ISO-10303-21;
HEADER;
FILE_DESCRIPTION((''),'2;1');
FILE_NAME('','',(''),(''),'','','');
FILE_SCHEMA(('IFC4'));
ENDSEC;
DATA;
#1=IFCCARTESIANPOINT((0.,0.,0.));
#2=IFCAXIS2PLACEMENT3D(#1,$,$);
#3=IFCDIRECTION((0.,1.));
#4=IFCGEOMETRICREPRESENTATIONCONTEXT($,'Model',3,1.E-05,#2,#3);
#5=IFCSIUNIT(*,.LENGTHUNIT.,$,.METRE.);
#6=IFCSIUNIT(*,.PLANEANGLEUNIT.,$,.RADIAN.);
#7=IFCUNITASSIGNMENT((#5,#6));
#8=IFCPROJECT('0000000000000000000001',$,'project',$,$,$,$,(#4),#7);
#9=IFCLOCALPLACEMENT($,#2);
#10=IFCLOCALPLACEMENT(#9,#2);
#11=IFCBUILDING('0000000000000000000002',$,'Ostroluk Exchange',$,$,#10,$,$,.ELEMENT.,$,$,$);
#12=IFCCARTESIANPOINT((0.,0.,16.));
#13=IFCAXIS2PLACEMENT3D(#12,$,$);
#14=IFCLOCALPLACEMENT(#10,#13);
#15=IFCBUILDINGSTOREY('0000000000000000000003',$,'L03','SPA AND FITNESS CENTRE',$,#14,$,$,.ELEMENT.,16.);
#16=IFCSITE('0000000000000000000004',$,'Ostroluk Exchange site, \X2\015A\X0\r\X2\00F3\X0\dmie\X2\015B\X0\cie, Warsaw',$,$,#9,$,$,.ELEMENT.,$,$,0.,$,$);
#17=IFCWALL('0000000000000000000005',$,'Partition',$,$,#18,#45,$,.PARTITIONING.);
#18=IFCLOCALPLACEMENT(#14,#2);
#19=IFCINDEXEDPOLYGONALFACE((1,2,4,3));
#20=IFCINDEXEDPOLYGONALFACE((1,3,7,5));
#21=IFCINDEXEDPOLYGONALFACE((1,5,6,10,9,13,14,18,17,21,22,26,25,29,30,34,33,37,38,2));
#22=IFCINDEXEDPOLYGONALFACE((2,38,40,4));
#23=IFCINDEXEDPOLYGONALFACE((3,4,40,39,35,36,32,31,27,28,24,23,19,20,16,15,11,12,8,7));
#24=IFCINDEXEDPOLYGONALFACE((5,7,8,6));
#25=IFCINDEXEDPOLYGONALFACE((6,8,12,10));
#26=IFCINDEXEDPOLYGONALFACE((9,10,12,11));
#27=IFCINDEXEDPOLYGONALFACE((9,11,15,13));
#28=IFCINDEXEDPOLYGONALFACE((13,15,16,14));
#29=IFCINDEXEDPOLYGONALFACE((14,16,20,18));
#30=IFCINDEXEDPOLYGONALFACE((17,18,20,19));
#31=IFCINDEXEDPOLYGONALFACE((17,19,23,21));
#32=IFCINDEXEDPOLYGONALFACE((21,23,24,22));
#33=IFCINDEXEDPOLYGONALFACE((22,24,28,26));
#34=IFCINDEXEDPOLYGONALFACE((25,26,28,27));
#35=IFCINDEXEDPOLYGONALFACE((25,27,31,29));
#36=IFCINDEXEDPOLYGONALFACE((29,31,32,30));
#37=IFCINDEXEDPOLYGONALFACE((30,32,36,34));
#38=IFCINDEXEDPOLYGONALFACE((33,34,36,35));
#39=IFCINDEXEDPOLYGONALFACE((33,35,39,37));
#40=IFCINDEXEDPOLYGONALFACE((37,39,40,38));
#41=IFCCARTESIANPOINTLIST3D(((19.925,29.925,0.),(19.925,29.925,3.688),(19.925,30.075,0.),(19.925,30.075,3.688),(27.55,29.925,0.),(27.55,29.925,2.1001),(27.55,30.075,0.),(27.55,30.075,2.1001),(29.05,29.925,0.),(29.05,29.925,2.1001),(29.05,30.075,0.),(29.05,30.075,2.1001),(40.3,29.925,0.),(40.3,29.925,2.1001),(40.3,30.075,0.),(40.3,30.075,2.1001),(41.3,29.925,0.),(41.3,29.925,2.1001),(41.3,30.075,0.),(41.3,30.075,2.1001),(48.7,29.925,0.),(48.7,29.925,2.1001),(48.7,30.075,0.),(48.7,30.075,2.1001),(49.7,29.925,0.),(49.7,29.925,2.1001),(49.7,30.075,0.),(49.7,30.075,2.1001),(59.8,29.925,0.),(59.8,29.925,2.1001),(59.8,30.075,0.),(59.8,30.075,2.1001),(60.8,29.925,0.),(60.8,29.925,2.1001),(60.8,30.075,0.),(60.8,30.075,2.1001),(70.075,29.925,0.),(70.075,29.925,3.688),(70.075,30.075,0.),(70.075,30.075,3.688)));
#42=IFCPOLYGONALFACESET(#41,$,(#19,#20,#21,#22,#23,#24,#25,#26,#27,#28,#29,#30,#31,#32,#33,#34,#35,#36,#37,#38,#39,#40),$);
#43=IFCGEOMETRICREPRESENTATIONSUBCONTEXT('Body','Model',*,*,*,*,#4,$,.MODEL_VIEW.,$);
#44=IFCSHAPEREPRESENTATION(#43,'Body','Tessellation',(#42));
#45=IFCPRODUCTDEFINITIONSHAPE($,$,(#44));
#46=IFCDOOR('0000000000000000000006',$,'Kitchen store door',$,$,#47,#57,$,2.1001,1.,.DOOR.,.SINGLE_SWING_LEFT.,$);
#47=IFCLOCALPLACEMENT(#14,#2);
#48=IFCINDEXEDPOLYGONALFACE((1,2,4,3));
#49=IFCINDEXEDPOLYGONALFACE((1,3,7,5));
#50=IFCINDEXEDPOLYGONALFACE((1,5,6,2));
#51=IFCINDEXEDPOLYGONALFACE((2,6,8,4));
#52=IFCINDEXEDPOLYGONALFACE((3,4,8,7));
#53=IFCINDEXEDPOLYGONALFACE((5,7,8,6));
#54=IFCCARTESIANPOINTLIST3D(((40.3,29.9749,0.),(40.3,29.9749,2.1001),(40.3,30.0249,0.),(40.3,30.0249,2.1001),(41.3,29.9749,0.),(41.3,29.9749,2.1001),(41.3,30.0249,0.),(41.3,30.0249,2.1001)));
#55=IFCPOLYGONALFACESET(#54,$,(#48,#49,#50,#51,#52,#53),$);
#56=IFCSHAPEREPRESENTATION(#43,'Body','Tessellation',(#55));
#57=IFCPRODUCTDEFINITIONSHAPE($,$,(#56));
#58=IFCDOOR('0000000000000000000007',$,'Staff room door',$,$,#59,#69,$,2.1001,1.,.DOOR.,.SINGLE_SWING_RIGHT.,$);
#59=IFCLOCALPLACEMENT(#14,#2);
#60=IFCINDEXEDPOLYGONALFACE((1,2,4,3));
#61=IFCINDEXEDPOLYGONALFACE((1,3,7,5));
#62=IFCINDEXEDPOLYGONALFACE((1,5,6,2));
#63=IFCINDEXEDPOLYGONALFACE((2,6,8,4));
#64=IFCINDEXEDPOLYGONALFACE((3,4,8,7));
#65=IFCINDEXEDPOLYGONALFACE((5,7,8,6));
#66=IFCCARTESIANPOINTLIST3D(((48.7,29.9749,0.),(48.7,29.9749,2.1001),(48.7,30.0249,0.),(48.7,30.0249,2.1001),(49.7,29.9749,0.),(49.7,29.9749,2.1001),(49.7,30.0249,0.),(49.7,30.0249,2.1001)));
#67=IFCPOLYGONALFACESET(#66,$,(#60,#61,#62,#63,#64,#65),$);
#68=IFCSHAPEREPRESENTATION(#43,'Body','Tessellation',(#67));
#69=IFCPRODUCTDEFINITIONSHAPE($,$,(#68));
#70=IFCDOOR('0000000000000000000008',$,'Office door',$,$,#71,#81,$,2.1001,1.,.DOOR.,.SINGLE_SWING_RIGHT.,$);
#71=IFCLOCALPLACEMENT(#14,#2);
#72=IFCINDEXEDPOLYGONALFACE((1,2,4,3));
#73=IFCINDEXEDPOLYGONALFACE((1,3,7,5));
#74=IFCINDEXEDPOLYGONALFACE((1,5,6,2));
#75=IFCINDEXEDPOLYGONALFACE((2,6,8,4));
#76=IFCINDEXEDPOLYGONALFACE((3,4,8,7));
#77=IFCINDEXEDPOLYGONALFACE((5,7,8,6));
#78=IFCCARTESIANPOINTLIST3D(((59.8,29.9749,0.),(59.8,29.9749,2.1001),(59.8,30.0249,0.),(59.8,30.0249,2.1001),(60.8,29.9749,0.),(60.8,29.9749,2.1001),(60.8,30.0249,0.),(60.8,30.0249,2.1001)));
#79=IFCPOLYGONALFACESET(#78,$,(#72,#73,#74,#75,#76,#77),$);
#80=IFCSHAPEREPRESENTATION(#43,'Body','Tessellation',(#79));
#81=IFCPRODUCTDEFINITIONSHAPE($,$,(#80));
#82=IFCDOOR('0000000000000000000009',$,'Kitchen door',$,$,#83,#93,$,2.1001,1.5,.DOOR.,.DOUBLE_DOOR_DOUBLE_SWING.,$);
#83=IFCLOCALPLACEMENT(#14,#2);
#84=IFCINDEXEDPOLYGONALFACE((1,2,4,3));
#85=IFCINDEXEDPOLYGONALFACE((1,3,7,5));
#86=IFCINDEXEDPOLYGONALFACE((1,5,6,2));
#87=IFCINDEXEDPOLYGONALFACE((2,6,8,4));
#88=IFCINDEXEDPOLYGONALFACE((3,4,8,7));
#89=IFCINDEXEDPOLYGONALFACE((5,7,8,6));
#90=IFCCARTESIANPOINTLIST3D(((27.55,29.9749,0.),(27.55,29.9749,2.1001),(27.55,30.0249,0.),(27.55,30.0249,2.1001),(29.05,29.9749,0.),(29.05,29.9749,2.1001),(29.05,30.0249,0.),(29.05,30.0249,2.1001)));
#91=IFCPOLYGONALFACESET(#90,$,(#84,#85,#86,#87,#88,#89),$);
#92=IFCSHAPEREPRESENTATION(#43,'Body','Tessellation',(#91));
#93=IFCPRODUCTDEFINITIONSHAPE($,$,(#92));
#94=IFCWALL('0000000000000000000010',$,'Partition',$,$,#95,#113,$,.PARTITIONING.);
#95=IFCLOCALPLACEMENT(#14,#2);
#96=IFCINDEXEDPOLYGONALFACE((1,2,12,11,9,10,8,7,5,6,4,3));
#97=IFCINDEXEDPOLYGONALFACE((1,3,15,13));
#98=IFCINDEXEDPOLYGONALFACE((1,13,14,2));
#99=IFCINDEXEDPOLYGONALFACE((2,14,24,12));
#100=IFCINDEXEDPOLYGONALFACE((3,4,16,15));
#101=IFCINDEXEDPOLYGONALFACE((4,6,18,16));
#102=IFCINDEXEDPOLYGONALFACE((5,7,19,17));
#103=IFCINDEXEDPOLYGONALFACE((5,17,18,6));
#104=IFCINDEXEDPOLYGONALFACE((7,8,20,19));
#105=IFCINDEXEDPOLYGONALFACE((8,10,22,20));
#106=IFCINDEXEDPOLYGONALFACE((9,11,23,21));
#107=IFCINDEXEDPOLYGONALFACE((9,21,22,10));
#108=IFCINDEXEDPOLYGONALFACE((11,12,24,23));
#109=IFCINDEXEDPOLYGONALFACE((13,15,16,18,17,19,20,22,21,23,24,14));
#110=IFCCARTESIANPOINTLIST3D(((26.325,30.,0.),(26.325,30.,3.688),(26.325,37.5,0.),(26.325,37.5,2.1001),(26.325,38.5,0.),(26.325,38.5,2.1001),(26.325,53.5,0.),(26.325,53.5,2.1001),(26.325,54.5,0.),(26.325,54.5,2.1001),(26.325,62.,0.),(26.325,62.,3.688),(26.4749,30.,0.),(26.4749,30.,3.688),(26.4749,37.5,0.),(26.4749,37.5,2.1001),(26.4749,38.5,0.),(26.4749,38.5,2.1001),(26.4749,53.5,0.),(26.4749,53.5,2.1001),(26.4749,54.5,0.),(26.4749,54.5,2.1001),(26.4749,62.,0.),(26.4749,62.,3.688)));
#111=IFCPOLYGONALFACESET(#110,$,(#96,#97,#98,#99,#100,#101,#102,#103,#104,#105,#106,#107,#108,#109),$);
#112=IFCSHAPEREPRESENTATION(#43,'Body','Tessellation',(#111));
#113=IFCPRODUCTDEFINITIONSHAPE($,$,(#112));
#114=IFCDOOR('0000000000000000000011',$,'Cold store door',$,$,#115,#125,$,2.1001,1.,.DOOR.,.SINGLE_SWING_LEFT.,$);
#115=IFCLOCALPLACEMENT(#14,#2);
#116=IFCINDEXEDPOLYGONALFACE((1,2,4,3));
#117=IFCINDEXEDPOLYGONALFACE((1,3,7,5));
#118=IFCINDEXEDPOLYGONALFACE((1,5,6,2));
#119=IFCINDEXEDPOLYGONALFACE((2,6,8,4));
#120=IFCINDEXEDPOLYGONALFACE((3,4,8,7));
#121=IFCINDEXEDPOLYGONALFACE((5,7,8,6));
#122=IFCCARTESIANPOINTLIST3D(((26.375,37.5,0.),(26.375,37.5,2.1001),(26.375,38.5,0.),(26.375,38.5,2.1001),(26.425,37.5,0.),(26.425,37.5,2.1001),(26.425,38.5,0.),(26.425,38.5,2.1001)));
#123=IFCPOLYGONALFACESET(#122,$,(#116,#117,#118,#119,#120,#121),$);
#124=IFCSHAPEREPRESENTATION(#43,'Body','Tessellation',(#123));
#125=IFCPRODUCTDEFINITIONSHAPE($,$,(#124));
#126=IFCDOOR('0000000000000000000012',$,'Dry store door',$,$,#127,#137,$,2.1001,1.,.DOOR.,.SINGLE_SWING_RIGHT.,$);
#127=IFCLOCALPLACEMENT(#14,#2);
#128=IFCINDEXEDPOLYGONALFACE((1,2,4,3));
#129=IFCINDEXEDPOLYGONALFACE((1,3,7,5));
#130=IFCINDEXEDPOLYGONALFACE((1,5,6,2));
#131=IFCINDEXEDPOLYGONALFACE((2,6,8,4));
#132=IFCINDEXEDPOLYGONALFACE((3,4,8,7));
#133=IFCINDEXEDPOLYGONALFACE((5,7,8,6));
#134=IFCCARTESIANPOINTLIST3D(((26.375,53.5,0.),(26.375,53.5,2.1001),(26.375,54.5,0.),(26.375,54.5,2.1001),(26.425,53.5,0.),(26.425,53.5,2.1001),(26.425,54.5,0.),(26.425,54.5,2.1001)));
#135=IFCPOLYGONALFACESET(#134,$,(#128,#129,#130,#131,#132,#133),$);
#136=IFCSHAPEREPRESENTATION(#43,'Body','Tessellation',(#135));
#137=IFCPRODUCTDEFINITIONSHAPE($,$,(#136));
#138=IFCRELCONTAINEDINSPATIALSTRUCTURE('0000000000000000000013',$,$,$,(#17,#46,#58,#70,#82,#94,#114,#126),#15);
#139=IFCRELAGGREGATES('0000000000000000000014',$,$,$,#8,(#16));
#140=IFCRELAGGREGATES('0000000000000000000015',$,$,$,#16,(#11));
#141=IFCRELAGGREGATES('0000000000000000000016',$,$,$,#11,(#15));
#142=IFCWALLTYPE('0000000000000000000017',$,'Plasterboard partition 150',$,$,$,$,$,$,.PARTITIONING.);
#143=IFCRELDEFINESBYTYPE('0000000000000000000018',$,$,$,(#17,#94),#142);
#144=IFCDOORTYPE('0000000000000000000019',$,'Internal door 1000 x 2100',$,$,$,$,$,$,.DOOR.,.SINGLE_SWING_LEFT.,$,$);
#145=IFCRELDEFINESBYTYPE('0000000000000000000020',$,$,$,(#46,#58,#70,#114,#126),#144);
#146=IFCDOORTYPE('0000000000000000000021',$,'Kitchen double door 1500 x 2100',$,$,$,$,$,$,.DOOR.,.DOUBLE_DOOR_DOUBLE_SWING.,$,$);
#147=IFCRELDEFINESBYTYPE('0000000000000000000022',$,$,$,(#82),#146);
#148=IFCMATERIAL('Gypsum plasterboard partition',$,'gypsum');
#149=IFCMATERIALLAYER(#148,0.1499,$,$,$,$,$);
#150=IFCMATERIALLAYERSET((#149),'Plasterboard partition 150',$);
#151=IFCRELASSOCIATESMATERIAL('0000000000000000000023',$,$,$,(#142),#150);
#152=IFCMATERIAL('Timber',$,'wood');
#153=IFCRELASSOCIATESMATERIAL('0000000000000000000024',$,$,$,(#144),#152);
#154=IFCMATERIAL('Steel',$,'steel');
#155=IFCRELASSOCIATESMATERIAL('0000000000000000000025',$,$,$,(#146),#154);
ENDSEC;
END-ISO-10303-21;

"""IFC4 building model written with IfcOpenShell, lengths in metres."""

from ifc_helpers import new_model, si_unit, direction, frame, frame_2d, origin, place, context, subcontext, project, spatial, rectangle, extrude, material, layer, layer_set, type_object, element, fill, save


model = new_model("IFC4")

# Units and contexts
model_context = context("Model", 3, precision=1e-05, world=origin(), true_north=direction((0.0, 1.0)))
body_context = subcontext(model_context, "Body", "Model", "MODEL_VIEW")
ifc_project = project(units=[si_unit("LENGTHUNIT", "METRE"), si_unit("PLANEANGLEUNIT", "RADIAN")], contexts=[model_context])

# Site, building, storey
site_placement = place(None, origin())
site = spatial("IfcSite", under=ifc_project, at=site_placement, Name="Ostroluk Exchange site, Śródmieście, Warsaw", CompositionType="ELEMENT", RefElevation=0.0)
building_placement = place(site_placement, origin())
building = spatial("IfcBuilding", under=site, at=building_placement, Name="Ostroluk Exchange", CompositionType="ELEMENT")
storey_placement = place(building_placement, frame((0.0, 0.0, 16.0)))
storey = spatial("IfcBuildingStorey", under=building, at=storey_placement, Name="L03", Description="SPA AND FITNESS CENTRE", CompositionType="ELEMENT", Elevation=16.0)

# Walls, openings, doors
ifc_material_1 = material(Name="Gypsum plasterboard partition", Category="gypsum")
ifc_layer_1 = layer(ifc_material_1, 0.1499)
ifc_layer_set_1 = layer_set([ifc_layer_1], Name="Plasterboard partition 150")
wall_type_1 = type_object("IfcWallType", Name="Plasterboard partition 150", PredefinedType="PARTITIONING", material=ifc_layer_set_1)
wall_1_placement = place(storey_placement, frame((19.925, 30.0, 0.0), z_axis=(0.0, 0.0, 1.0), x_axis=(1.0, 0.0, 0.0)))
wall_1 = element("IfcWall", 1, at=wall_1_placement, inside=storey, type_object=wall_type_1, Name="Partition", PredefinedType="PARTITIONING", context=body_context, shape_type="SweptSolid", body=[
    extrude(rectangle(XDim=50.1499, YDim=0.1499, at=frame_2d((25.075, 0.0))), origin(), (0.0, 0.0, 1.0), 3.688),
])
opening_1_placement = place(wall_1_placement, frame((7.625, 0.0, 0.0)))
opening_1 = element("IfcOpeningElement", 2, at=opening_1_placement, cuts=wall_1, PredefinedType="OPENING", context=body_context, shape_type="SweptSolid", body=[
    extrude(rectangle(XDim=1.5, YDim=2.1001, at=frame_2d((0.75, 1.05))), frame((0.0, 0.085, 0.0), z_axis=(0.0, -1.0, 0.0), x_axis=(1.0, 0.0, 0.0)), (0.0, 0.0, 1.0), 0.1699),
])
opening_2_placement = place(wall_1_placement, frame((20.375, 0.0, 0.0)))
opening_2 = element("IfcOpeningElement", 3, at=opening_2_placement, cuts=wall_1, PredefinedType="OPENING", context=body_context, shape_type="SweptSolid", body=[
    extrude(rectangle(XDim=1.0, YDim=2.1001, at=frame_2d((0.5, 1.05))), frame((0.0, 0.085, 0.0), z_axis=(0.0, -1.0, 0.0), x_axis=(1.0, 0.0, 0.0)), (0.0, 0.0, 1.0), 0.1699),
])
opening_3_placement = place(wall_1_placement, frame((28.7749, 0.0, 0.0)))
opening_3 = element("IfcOpeningElement", 4, at=opening_3_placement, cuts=wall_1, PredefinedType="OPENING", context=body_context, shape_type="SweptSolid", body=[
    extrude(rectangle(XDim=1.0, YDim=2.1001, at=frame_2d((0.5, 1.05))), frame((0.0, 0.085, 0.0), z_axis=(0.0, -1.0, 0.0), x_axis=(1.0, 0.0, 0.0)), (0.0, 0.0, 1.0), 0.1699),
])
opening_4_placement = place(wall_1_placement, frame((39.875, 0.0, 0.0)))
opening_4 = element("IfcOpeningElement", 5, at=opening_4_placement, cuts=wall_1, PredefinedType="OPENING", context=body_context, shape_type="SweptSolid", body=[
    extrude(rectangle(XDim=1.0, YDim=2.1001, at=frame_2d((0.5, 1.05))), frame((0.0, 0.085, 0.0), z_axis=(0.0, -1.0, 0.0), x_axis=(1.0, 0.0, 0.0)), (0.0, 0.0, 1.0), 0.1699),
])
ifc_material_2 = material(Name="Timber", Category="wood")
door_type_1 = type_object("IfcDoorType", Name="Internal door 1000 x 2100", OperationType="SINGLE_SWING_LEFT", PredefinedType="DOOR", material=ifc_material_2)
door_1_placement = place(opening_2_placement, origin())
door_1 = element("IfcDoor", 6, at=door_1_placement, inside=storey, type_object=door_type_1, Name="Kitchen store door", OperationType="SINGLE_SWING_LEFT", OverallHeight=2.1001, OverallWidth=1.0, PredefinedType="DOOR", context=body_context, shape_type="SweptSolid", body=[
    extrude(rectangle(XDim=1.0, YDim=2.1001, at=frame_2d((0.5, 1.05))), frame((0.0, 0.0249, 0.0), z_axis=(0.0, -1.0, 0.0), x_axis=(1.0, 0.0, 0.0)), (0.0, 0.0, 1.0), 0.05),
])
fill(opening_2, door_1)
door_2_placement = place(opening_3_placement, origin())
door_2 = element("IfcDoor", 7, at=door_2_placement, inside=storey, type_object=door_type_1, Name="Staff room door", OperationType="SINGLE_SWING_RIGHT", OverallHeight=2.1001, OverallWidth=1.0, PredefinedType="DOOR", context=body_context, shape_type="SweptSolid", body=[
    extrude(rectangle(XDim=1.0, YDim=2.1001, at=frame_2d((0.5, 1.05))), frame((0.0, 0.0249, 0.0), z_axis=(0.0, -1.0, 0.0), x_axis=(1.0, 0.0, 0.0)), (0.0, 0.0, 1.0), 0.05),
])
fill(opening_3, door_2)
door_3_placement = place(opening_4_placement, origin())
door_3 = element("IfcDoor", 8, at=door_3_placement, inside=storey, type_object=door_type_1, Name="Office door", OperationType="SINGLE_SWING_RIGHT", OverallHeight=2.1001, OverallWidth=1.0, PredefinedType="DOOR", context=body_context, shape_type="SweptSolid", body=[
    extrude(rectangle(XDim=1.0, YDim=2.1001, at=frame_2d((0.5, 1.05))), frame((0.0, 0.0249, 0.0), z_axis=(0.0, -1.0, 0.0), x_axis=(1.0, 0.0, 0.0)), (0.0, 0.0, 1.0), 0.05),
])
fill(opening_4, door_3)
ifc_material_3 = material(Name="Steel", Category="steel")
door_type_2 = type_object("IfcDoorType", Name="Kitchen double door 1500 x 2100", OperationType="DOUBLE_DOOR_DOUBLE_SWING", PredefinedType="DOOR", material=ifc_material_3)
door_4_placement = place(opening_1_placement, origin())
door_4 = element("IfcDoor", 9, at=door_4_placement, inside=storey, type_object=door_type_2, Name="Kitchen door", OperationType="DOUBLE_DOOR_DOUBLE_SWING", OverallHeight=2.1001, OverallWidth=1.5, PredefinedType="DOOR", context=body_context, shape_type="SweptSolid", body=[
    extrude(rectangle(XDim=1.5, YDim=2.1001, at=frame_2d((0.75, 1.05))), frame((0.0, 0.0249, 0.0), z_axis=(0.0, -1.0, 0.0), x_axis=(1.0, 0.0, 0.0)), (0.0, 0.0, 1.0), 0.05),
])
fill(opening_1, door_4)
wall_2_placement = place(storey_placement, frame((26.3999, 30.0, 0.0), z_axis=(0.0, 0.0, 1.0), x_axis=(0.0, 1.0, 0.0)))
wall_2 = element("IfcWall", 10, at=wall_2_placement, inside=storey, type_object=wall_type_1, Name="Partition", PredefinedType="PARTITIONING", context=body_context, shape_type="SweptSolid", body=[
    extrude(rectangle(XDim=32.0, YDim=0.1499, at=frame_2d((16.0, 0.0))), origin(), (0.0, 0.0, 1.0), 3.688),
])
opening_5_placement = place(wall_2_placement, frame((7.5, 0.0, 0.0)))
opening_5 = element("IfcOpeningElement", 11, at=opening_5_placement, cuts=wall_2, PredefinedType="OPENING", context=body_context, shape_type="SweptSolid", body=[
    extrude(rectangle(XDim=1.0, YDim=2.1001, at=frame_2d((0.5, 1.05))), frame((0.0, 0.085, 0.0), z_axis=(0.0, -1.0, 0.0), x_axis=(1.0, 0.0, 0.0)), (0.0, 0.0, 1.0), 0.1699),
])
opening_6_placement = place(wall_2_placement, frame((23.5, 0.0, 0.0)))
opening_6 = element("IfcOpeningElement", 12, at=opening_6_placement, cuts=wall_2, PredefinedType="OPENING", context=body_context, shape_type="SweptSolid", body=[
    extrude(rectangle(XDim=1.0, YDim=2.1001, at=frame_2d((0.5, 1.05))), frame((0.0, 0.085, 0.0), z_axis=(0.0, -1.0, 0.0), x_axis=(1.0, 0.0, 0.0)), (0.0, 0.0, 1.0), 0.1699),
])
door_5_placement = place(opening_5_placement, origin())
door_5 = element("IfcDoor", 13, at=door_5_placement, inside=storey, type_object=door_type_1, Name="Cold store door", OperationType="SINGLE_SWING_LEFT", OverallHeight=2.1001, OverallWidth=1.0, PredefinedType="DOOR", context=body_context, shape_type="SweptSolid", body=[
    extrude(rectangle(XDim=1.0, YDim=2.1001, at=frame_2d((0.5, 1.05))), frame((0.0, 0.0249, 0.0), z_axis=(0.0, -1.0, 0.0), x_axis=(1.0, 0.0, 0.0)), (0.0, 0.0, 1.0), 0.05),
])
fill(opening_5, door_5)
door_6_placement = place(opening_6_placement, origin())
door_6 = element("IfcDoor", 14, at=door_6_placement, inside=storey, type_object=door_type_1, Name="Dry store door", OperationType="SINGLE_SWING_RIGHT", OverallHeight=2.1001, OverallWidth=1.0, PredefinedType="DOOR", context=body_context, shape_type="SweptSolid", body=[
    extrude(rectangle(XDim=1.0, YDim=2.1001, at=frame_2d((0.5, 1.05))), frame((0.0, 0.0249, 0.0), z_axis=(0.0, -1.0, 0.0), x_axis=(1.0, 0.0, 0.0)), (0.0, 0.0, 1.0), 0.05),
])
fill(opening_6, door_6)

save(model, "model.ifc")
